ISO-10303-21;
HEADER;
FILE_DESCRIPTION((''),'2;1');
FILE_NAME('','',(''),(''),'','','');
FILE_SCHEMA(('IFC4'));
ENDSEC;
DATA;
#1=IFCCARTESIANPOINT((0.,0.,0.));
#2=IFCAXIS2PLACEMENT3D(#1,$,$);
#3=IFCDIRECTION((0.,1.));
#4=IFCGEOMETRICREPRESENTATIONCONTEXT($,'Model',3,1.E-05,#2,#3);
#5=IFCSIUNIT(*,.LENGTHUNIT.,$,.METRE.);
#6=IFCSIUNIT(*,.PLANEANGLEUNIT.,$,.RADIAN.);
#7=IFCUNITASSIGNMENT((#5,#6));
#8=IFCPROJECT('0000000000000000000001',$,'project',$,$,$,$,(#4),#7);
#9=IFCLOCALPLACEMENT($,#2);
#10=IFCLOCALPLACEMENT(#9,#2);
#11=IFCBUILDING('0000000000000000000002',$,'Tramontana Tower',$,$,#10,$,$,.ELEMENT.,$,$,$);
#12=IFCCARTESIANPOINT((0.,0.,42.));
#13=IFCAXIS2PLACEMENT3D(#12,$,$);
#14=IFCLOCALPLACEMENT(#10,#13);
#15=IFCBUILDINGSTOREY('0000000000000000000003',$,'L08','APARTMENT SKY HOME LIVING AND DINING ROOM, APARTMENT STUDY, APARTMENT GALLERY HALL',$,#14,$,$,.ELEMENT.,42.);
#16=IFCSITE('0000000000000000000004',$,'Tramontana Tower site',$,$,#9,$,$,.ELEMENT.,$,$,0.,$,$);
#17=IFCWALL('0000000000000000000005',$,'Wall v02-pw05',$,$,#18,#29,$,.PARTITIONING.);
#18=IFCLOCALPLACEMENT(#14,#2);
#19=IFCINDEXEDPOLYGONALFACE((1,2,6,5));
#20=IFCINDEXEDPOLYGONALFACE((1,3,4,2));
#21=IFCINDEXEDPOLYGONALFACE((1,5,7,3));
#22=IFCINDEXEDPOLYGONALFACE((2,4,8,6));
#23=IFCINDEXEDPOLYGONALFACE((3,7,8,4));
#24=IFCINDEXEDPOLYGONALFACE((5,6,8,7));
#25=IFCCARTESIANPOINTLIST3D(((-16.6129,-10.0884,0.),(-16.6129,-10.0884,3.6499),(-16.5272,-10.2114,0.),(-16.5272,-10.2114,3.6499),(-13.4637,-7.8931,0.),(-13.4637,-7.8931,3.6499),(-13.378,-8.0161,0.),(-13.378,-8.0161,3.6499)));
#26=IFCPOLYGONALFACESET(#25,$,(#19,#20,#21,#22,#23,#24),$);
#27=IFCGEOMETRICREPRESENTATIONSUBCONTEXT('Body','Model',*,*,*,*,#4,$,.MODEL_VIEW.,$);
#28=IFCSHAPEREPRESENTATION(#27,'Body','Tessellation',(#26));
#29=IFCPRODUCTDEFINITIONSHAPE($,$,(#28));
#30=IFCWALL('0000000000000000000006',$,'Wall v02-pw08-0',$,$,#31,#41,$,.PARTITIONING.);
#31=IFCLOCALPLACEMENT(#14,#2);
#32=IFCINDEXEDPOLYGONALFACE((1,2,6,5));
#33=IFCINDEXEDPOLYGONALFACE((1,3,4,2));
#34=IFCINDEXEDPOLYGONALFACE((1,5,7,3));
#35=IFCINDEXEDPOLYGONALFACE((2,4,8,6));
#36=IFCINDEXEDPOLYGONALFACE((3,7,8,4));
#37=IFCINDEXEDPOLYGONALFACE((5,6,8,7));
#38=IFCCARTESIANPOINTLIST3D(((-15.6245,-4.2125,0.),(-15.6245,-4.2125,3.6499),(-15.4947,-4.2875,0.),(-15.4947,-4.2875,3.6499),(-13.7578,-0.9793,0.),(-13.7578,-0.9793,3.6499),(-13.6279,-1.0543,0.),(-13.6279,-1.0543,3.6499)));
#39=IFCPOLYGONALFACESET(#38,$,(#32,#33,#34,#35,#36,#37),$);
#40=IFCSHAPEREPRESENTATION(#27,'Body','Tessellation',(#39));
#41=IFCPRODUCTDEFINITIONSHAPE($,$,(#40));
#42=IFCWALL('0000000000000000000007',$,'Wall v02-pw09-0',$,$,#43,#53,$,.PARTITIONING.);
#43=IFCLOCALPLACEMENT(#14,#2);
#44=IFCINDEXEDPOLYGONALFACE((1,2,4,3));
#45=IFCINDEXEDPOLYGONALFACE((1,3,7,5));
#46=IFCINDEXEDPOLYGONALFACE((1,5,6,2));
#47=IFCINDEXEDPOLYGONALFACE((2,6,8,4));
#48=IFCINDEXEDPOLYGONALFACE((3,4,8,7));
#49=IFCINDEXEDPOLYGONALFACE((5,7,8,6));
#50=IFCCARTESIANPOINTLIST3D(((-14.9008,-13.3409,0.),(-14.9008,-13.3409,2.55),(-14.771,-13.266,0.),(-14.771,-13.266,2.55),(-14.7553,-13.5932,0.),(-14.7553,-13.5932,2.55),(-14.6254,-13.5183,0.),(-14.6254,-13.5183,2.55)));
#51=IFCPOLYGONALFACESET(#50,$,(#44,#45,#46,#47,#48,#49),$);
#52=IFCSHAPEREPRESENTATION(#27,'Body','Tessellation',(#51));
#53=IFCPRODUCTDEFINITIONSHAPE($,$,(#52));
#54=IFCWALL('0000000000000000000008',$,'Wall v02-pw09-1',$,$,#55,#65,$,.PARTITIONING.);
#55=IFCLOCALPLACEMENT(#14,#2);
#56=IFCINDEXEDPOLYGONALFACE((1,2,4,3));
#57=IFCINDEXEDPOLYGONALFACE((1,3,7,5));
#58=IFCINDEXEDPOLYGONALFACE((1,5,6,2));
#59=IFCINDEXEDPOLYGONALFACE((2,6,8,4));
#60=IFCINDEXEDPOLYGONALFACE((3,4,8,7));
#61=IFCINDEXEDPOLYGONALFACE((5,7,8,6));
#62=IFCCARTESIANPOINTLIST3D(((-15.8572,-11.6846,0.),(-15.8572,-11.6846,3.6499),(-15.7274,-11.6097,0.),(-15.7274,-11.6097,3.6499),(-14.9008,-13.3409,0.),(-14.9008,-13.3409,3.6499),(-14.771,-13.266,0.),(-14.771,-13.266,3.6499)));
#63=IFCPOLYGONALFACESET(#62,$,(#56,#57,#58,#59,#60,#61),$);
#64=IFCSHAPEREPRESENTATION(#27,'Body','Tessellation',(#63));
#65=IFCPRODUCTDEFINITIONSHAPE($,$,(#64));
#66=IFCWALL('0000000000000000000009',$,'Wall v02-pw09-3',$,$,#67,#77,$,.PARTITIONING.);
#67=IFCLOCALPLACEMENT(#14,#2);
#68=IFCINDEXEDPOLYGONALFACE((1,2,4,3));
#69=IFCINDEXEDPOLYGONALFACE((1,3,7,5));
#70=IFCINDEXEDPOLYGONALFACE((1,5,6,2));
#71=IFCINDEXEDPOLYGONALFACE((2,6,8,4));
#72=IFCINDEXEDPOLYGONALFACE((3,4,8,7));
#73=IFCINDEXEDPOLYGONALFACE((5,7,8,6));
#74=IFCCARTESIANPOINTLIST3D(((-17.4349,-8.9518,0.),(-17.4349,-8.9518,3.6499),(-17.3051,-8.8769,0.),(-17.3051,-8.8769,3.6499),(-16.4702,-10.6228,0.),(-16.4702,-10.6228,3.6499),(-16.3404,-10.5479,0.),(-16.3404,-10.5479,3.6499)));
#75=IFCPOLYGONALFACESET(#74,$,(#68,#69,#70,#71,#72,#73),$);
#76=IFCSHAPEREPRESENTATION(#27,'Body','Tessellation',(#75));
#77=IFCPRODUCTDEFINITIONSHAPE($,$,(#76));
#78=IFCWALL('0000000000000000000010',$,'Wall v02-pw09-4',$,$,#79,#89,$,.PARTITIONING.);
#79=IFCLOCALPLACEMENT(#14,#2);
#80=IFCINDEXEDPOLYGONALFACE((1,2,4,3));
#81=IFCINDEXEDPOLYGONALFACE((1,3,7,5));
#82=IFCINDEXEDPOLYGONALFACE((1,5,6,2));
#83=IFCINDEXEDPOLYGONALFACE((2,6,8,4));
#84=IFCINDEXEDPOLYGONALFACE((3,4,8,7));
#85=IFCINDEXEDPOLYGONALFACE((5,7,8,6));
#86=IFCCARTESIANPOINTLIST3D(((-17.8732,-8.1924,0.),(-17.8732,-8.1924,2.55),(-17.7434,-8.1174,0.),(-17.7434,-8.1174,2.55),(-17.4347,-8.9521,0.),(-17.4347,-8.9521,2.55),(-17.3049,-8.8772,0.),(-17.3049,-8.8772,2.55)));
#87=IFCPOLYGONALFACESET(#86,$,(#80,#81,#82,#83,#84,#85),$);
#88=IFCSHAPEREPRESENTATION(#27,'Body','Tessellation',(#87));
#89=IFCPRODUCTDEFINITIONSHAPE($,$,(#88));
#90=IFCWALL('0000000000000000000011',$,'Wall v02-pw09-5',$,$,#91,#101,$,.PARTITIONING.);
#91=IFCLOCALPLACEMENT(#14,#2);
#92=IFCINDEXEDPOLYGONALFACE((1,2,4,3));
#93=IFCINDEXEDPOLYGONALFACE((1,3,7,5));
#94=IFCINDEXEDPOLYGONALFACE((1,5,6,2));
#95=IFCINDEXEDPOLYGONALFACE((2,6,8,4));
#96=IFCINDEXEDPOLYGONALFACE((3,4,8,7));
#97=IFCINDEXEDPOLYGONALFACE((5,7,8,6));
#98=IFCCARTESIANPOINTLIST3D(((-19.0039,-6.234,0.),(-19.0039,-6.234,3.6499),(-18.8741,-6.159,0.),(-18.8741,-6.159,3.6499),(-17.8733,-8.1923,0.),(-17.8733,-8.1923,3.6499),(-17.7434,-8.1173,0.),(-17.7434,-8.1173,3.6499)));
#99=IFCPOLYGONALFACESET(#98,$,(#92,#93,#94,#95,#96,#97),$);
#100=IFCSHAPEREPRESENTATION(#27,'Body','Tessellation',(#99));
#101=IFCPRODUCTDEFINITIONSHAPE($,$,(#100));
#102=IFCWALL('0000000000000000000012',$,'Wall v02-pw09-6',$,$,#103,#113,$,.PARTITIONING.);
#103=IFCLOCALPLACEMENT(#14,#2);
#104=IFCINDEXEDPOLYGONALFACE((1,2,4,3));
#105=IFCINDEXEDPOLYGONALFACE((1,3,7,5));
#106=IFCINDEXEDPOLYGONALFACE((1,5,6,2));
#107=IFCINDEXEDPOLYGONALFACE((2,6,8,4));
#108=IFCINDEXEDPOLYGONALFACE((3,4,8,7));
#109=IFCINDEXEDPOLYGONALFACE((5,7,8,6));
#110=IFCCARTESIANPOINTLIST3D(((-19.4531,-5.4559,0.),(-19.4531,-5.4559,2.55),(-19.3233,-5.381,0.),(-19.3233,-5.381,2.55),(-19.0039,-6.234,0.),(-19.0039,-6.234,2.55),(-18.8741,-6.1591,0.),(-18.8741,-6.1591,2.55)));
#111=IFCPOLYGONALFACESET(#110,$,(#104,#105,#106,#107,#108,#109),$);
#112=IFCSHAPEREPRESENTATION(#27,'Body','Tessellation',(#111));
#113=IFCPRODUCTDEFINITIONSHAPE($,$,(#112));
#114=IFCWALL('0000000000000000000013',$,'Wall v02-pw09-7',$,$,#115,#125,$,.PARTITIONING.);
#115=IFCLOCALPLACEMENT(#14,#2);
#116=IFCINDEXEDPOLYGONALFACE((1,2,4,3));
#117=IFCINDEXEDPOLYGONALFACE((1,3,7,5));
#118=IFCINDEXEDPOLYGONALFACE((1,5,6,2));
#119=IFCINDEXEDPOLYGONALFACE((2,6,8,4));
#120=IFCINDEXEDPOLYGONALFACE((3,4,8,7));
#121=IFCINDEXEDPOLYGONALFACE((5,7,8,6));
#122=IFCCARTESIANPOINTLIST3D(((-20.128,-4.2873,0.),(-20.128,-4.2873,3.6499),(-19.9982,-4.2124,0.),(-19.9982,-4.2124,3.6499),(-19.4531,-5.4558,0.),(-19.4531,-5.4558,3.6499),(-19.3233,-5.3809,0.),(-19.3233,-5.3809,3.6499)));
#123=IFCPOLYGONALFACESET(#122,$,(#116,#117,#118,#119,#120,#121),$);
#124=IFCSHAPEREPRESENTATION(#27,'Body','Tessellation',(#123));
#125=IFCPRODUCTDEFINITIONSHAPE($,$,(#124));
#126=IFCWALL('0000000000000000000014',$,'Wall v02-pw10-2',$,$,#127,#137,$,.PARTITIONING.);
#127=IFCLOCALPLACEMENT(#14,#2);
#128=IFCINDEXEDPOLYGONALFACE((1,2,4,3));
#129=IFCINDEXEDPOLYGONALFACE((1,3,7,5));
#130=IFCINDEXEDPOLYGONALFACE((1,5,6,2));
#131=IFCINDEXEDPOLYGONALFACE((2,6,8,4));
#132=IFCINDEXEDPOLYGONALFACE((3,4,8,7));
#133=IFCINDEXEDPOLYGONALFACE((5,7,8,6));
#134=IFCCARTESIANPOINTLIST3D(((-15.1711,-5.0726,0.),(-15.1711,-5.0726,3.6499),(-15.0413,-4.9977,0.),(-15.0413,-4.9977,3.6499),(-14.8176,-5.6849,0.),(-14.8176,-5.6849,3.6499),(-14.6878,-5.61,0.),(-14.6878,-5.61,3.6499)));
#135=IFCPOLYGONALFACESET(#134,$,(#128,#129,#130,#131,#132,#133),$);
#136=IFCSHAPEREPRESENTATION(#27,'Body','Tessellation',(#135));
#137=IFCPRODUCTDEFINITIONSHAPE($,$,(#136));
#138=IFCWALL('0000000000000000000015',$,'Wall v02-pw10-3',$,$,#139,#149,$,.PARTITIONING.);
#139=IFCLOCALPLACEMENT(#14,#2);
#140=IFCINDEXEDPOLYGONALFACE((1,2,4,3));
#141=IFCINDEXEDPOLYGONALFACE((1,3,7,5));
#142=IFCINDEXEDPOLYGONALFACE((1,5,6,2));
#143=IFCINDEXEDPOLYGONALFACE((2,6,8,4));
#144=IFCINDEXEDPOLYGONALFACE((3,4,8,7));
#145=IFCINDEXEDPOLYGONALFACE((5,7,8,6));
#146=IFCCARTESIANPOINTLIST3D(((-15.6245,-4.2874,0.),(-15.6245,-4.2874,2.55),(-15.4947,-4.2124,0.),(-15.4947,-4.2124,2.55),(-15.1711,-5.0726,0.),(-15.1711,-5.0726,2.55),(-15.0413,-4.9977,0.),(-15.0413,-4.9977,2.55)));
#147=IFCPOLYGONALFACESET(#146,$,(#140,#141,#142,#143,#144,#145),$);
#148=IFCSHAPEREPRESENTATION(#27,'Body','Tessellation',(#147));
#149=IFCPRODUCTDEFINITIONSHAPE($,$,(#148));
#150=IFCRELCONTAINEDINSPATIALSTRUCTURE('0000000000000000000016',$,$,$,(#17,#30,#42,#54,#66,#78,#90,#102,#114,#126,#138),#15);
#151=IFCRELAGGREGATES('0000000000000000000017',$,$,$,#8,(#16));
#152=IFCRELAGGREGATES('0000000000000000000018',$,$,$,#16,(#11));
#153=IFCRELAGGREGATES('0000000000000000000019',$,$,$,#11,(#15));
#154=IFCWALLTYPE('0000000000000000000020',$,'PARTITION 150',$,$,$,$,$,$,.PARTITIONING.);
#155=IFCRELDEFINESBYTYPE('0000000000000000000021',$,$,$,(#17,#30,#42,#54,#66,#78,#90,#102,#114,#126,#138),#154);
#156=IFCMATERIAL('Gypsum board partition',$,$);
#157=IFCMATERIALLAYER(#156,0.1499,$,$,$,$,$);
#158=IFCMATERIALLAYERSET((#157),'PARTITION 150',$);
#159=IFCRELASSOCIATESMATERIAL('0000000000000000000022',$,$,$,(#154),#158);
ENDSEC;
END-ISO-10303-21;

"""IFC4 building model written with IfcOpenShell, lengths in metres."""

from ifc_helpers import new_model, si_unit, direction, frame, frame_2d, origin, place, context, subcontext, project, spatial, rectangle, extrude, material, layer, layer_set, type_object, element, save


model = new_model("IFC4")

# Units and contexts
model_context = context("Model", 3, precision=1e-05, world=origin(), true_north=direction((0.0, 1.0)))
body_context = subcontext(model_context, "Body", "Model", "MODEL_VIEW")
ifc_project = project(units=[si_unit("LENGTHUNIT", "METRE"), si_unit("PLANEANGLEUNIT", "RADIAN")], contexts=[model_context])

# Site, building, storey
site_placement = place(None, origin())
site = spatial("IfcSite", under=ifc_project, at=site_placement, Name="Tramontana Tower site", CompositionType="ELEMENT", RefElevation=0.0)
building_placement = place(site_placement, origin())
building = spatial("IfcBuilding", under=site, at=building_placement, Name="Tramontana Tower", CompositionType="ELEMENT")
storey_placement = place(building_placement, frame((0.0, 0.0, 42.0)))
storey = spatial("IfcBuildingStorey", under=building, at=storey_placement, Name="L08", Description="APARTMENT SKY HOME LIVING AND DINING ROOM, APARTMENT STUDY, APARTMENT GALLERY HALL", CompositionType="ELEMENT", Elevation=42.0)

# Walls
ifc_material_1 = material(Name="Gypsum board partition")
ifc_layer_1 = layer(ifc_material_1, 0.1499)
ifc_layer_set_1 = layer_set([ifc_layer_1], Name="PARTITION 150")
wall_type_1 = type_object("IfcWallType", Name="PARTITION 150", PredefinedType="PARTITIONING", material=ifc_layer_set_1)
wall_1_placement = place(storey_placement, frame((-16.5701, -10.1499, 0.0), z_axis=(0.0, 0.0, 1.0), x_axis=(0.820345, 0.571869, 0.0)))
element("IfcWall", 1, at=wall_1_placement, inside=storey, type_object=wall_type_1, Name="Wall v02-pw05", PredefinedType="PARTITIONING", context=body_context, shape_type="SweptSolid", body=[
    extrude(rectangle(XDim=3.8389, YDim=0.1499, at=frame_2d((1.9194, 0.0))), origin(), (0.0, 0.0, 1.0), 3.6499),
])
wall_2_placement = place(storey_placement, frame((-15.5596, -4.25, 0.0), z_axis=(0.0, 0.0, 1.0), x_axis=(0.500007, 0.866021, 0.0)))
element("IfcWall", 2, at=wall_2_placement, inside=storey, type_object=wall_type_1, Name="Wall v02-pw08-0", PredefinedType="PARTITIONING", context=body_context, shape_type="SweptSolid", body=[
    extrude(rectangle(XDim=3.7334, YDim=0.1499, at=frame_2d((1.8667, 0.0))), origin(), (0.0, 0.0, 1.0), 3.6499),
])
wall_3_placement = place(storey_placement, frame((-14.6904, -13.5557, 0.0), z_axis=(0.0, 0.0, 1.0), x_axis=(-0.499747, 0.866172, 0.0)))
element("IfcWall", 3, at=wall_3_placement, inside=storey, type_object=wall_type_1, Name="Wall v02-pw09-0", PredefinedType="PARTITIONING", context=body_context, shape_type="SweptSolid", body=[
    extrude(rectangle(XDim=0.2913, YDim=0.1499, at=frame_2d((0.1455, 0.0))), origin(), (0.0, 0.0, 1.0), 2.55),
])
wall_4_placement = place(storey_placement, frame((-14.8359, -13.3035, 0.0), z_axis=(0.0, 0.0, 1.0), x_axis=(-0.500024, 0.866011, 0.0)))
element("IfcWall", 4, at=wall_4_placement, inside=storey, type_object=wall_type_1, Name="Wall v02-pw09-1", PredefinedType="PARTITIONING", context=body_context, shape_type="SweptSolid", body=[
    extrude(rectangle(XDim=1.9126, YDim=0.1499, at=frame_2d((0.9563, 0.0))), origin(), (0.0, 0.0, 1.0), 3.6499),
])

# Walls
wall_5_placement = place(storey_placement, frame((-16.4053, -10.5854, 0.0), z_axis=(0.0, 0.0, 1.0), x_axis=(-0.499963, 0.866047, 0.0)))
element("IfcWall", 5, at=wall_5_placement, inside=storey, type_object=wall_type_1, Name="Wall v02-pw09-3", PredefinedType="PARTITIONING", context=body_context, shape_type="SweptSolid", body=[
    extrude(rectangle(XDim=1.9294, YDim=0.1499, at=frame_2d((0.9648, 0.0))), origin(), (0.0, 0.0, 1.0), 3.6499),
])
wall_6_placement = place(storey_placement, frame((-17.3699, -8.9146, 0.0), z_axis=(0.0, 0.0, 1.0), x_axis=(-0.499851, 0.866111, 0.0)))
element("IfcWall", 6, at=wall_6_placement, inside=storey, type_object=wall_type_1, Name="Wall v02-pw09-4", PredefinedType="PARTITIONING", context=body_context, shape_type="SweptSolid", body=[
    extrude(rectangle(XDim=0.8772, YDim=0.1499, at=frame_2d((0.4385, 0.0))), origin(), (0.0, 0.0, 1.0), 2.55),
])
wall_7_placement = place(storey_placement, frame((-17.8083, -8.1548, 0.0), z_axis=(0.0, 0.0, 1.0), x_axis=(-0.500006, 0.866022, 0.0)))
element("IfcWall", 7, at=wall_7_placement, inside=storey, type_object=wall_type_1, Name="Wall v02-pw09-5", PredefinedType="PARTITIONING", context=body_context, shape_type="SweptSolid", body=[
    extrude(rectangle(XDim=2.2612, YDim=0.1499, at=frame_2d((1.1306, 0.0))), origin(), (0.0, 0.0, 1.0), 3.6499),
])
wall_8_placement = place(storey_placement, frame((-18.939, -6.1965, 0.0), z_axis=(0.0, 0.0, 1.0), x_axis=(-0.499997, 0.866027, 0.0)))
element("IfcWall", 8, at=wall_8_placement, inside=storey, type_object=wall_type_1, Name="Wall v02-pw09-6", PredefinedType="PARTITIONING", context=body_context, shape_type="SweptSolid", body=[
    extrude(rectangle(XDim=0.8984, YDim=0.1499, at=frame_2d((0.4492, 0.0))), origin(), (0.0, 0.0, 1.0), 2.55),
])
wall_9_placement = place(storey_placement, frame((-19.3882, -5.4185, 0.0), z_axis=(0.0, 0.0, 1.0), x_axis=(-0.500109, 0.865963, 0.0)))
element("IfcWall", 9, at=wall_9_placement, inside=storey, type_object=wall_type_1, Name="Wall v02-pw09-7", PredefinedType="PARTITIONING", context=body_context, shape_type="SweptSolid", body=[
    extrude(rectangle(XDim=1.3494, YDim=0.1499, at=frame_2d((0.6748, 0.0))), origin(), (0.0, 0.0, 1.0), 3.6499),
])
wall_10_placement = place(storey_placement, frame((-14.7527, -5.6475, 0.0), z_axis=(0.0, 0.0, 1.0), x_axis=(-0.500001, 0.866025, 0.0)))
element("IfcWall", 10, at=wall_10_placement, inside=storey, type_object=wall_type_1, Name="Wall v02-pw10-2", PredefinedType="PARTITIONING", context=body_context, shape_type="SweptSolid", body=[
    extrude(rectangle(XDim=0.707, YDim=0.1499, at=frame_2d((0.3535, 0.0))), origin(), (0.0, 0.0, 1.0), 3.6499),
])
wall_11_placement = place(storey_placement, frame((-15.1062, -5.0352, 0.0), z_axis=(0.0, 0.0, 1.0), x_axis=(-0.500049, 0.865997, 0.0)))
element("IfcWall", 11, at=wall_11_placement, inside=storey, type_object=wall_type_1, Name="Wall v02-pw10-3", PredefinedType="PARTITIONING", context=body_context, shape_type="SweptSolid", body=[
    extrude(rectangle(XDim=0.9067, YDim=0.1499, at=frame_2d((0.4534, 0.0))), origin(), (0.0, 0.0, 1.0), 2.55),
])

save(model, "model.ifc")
